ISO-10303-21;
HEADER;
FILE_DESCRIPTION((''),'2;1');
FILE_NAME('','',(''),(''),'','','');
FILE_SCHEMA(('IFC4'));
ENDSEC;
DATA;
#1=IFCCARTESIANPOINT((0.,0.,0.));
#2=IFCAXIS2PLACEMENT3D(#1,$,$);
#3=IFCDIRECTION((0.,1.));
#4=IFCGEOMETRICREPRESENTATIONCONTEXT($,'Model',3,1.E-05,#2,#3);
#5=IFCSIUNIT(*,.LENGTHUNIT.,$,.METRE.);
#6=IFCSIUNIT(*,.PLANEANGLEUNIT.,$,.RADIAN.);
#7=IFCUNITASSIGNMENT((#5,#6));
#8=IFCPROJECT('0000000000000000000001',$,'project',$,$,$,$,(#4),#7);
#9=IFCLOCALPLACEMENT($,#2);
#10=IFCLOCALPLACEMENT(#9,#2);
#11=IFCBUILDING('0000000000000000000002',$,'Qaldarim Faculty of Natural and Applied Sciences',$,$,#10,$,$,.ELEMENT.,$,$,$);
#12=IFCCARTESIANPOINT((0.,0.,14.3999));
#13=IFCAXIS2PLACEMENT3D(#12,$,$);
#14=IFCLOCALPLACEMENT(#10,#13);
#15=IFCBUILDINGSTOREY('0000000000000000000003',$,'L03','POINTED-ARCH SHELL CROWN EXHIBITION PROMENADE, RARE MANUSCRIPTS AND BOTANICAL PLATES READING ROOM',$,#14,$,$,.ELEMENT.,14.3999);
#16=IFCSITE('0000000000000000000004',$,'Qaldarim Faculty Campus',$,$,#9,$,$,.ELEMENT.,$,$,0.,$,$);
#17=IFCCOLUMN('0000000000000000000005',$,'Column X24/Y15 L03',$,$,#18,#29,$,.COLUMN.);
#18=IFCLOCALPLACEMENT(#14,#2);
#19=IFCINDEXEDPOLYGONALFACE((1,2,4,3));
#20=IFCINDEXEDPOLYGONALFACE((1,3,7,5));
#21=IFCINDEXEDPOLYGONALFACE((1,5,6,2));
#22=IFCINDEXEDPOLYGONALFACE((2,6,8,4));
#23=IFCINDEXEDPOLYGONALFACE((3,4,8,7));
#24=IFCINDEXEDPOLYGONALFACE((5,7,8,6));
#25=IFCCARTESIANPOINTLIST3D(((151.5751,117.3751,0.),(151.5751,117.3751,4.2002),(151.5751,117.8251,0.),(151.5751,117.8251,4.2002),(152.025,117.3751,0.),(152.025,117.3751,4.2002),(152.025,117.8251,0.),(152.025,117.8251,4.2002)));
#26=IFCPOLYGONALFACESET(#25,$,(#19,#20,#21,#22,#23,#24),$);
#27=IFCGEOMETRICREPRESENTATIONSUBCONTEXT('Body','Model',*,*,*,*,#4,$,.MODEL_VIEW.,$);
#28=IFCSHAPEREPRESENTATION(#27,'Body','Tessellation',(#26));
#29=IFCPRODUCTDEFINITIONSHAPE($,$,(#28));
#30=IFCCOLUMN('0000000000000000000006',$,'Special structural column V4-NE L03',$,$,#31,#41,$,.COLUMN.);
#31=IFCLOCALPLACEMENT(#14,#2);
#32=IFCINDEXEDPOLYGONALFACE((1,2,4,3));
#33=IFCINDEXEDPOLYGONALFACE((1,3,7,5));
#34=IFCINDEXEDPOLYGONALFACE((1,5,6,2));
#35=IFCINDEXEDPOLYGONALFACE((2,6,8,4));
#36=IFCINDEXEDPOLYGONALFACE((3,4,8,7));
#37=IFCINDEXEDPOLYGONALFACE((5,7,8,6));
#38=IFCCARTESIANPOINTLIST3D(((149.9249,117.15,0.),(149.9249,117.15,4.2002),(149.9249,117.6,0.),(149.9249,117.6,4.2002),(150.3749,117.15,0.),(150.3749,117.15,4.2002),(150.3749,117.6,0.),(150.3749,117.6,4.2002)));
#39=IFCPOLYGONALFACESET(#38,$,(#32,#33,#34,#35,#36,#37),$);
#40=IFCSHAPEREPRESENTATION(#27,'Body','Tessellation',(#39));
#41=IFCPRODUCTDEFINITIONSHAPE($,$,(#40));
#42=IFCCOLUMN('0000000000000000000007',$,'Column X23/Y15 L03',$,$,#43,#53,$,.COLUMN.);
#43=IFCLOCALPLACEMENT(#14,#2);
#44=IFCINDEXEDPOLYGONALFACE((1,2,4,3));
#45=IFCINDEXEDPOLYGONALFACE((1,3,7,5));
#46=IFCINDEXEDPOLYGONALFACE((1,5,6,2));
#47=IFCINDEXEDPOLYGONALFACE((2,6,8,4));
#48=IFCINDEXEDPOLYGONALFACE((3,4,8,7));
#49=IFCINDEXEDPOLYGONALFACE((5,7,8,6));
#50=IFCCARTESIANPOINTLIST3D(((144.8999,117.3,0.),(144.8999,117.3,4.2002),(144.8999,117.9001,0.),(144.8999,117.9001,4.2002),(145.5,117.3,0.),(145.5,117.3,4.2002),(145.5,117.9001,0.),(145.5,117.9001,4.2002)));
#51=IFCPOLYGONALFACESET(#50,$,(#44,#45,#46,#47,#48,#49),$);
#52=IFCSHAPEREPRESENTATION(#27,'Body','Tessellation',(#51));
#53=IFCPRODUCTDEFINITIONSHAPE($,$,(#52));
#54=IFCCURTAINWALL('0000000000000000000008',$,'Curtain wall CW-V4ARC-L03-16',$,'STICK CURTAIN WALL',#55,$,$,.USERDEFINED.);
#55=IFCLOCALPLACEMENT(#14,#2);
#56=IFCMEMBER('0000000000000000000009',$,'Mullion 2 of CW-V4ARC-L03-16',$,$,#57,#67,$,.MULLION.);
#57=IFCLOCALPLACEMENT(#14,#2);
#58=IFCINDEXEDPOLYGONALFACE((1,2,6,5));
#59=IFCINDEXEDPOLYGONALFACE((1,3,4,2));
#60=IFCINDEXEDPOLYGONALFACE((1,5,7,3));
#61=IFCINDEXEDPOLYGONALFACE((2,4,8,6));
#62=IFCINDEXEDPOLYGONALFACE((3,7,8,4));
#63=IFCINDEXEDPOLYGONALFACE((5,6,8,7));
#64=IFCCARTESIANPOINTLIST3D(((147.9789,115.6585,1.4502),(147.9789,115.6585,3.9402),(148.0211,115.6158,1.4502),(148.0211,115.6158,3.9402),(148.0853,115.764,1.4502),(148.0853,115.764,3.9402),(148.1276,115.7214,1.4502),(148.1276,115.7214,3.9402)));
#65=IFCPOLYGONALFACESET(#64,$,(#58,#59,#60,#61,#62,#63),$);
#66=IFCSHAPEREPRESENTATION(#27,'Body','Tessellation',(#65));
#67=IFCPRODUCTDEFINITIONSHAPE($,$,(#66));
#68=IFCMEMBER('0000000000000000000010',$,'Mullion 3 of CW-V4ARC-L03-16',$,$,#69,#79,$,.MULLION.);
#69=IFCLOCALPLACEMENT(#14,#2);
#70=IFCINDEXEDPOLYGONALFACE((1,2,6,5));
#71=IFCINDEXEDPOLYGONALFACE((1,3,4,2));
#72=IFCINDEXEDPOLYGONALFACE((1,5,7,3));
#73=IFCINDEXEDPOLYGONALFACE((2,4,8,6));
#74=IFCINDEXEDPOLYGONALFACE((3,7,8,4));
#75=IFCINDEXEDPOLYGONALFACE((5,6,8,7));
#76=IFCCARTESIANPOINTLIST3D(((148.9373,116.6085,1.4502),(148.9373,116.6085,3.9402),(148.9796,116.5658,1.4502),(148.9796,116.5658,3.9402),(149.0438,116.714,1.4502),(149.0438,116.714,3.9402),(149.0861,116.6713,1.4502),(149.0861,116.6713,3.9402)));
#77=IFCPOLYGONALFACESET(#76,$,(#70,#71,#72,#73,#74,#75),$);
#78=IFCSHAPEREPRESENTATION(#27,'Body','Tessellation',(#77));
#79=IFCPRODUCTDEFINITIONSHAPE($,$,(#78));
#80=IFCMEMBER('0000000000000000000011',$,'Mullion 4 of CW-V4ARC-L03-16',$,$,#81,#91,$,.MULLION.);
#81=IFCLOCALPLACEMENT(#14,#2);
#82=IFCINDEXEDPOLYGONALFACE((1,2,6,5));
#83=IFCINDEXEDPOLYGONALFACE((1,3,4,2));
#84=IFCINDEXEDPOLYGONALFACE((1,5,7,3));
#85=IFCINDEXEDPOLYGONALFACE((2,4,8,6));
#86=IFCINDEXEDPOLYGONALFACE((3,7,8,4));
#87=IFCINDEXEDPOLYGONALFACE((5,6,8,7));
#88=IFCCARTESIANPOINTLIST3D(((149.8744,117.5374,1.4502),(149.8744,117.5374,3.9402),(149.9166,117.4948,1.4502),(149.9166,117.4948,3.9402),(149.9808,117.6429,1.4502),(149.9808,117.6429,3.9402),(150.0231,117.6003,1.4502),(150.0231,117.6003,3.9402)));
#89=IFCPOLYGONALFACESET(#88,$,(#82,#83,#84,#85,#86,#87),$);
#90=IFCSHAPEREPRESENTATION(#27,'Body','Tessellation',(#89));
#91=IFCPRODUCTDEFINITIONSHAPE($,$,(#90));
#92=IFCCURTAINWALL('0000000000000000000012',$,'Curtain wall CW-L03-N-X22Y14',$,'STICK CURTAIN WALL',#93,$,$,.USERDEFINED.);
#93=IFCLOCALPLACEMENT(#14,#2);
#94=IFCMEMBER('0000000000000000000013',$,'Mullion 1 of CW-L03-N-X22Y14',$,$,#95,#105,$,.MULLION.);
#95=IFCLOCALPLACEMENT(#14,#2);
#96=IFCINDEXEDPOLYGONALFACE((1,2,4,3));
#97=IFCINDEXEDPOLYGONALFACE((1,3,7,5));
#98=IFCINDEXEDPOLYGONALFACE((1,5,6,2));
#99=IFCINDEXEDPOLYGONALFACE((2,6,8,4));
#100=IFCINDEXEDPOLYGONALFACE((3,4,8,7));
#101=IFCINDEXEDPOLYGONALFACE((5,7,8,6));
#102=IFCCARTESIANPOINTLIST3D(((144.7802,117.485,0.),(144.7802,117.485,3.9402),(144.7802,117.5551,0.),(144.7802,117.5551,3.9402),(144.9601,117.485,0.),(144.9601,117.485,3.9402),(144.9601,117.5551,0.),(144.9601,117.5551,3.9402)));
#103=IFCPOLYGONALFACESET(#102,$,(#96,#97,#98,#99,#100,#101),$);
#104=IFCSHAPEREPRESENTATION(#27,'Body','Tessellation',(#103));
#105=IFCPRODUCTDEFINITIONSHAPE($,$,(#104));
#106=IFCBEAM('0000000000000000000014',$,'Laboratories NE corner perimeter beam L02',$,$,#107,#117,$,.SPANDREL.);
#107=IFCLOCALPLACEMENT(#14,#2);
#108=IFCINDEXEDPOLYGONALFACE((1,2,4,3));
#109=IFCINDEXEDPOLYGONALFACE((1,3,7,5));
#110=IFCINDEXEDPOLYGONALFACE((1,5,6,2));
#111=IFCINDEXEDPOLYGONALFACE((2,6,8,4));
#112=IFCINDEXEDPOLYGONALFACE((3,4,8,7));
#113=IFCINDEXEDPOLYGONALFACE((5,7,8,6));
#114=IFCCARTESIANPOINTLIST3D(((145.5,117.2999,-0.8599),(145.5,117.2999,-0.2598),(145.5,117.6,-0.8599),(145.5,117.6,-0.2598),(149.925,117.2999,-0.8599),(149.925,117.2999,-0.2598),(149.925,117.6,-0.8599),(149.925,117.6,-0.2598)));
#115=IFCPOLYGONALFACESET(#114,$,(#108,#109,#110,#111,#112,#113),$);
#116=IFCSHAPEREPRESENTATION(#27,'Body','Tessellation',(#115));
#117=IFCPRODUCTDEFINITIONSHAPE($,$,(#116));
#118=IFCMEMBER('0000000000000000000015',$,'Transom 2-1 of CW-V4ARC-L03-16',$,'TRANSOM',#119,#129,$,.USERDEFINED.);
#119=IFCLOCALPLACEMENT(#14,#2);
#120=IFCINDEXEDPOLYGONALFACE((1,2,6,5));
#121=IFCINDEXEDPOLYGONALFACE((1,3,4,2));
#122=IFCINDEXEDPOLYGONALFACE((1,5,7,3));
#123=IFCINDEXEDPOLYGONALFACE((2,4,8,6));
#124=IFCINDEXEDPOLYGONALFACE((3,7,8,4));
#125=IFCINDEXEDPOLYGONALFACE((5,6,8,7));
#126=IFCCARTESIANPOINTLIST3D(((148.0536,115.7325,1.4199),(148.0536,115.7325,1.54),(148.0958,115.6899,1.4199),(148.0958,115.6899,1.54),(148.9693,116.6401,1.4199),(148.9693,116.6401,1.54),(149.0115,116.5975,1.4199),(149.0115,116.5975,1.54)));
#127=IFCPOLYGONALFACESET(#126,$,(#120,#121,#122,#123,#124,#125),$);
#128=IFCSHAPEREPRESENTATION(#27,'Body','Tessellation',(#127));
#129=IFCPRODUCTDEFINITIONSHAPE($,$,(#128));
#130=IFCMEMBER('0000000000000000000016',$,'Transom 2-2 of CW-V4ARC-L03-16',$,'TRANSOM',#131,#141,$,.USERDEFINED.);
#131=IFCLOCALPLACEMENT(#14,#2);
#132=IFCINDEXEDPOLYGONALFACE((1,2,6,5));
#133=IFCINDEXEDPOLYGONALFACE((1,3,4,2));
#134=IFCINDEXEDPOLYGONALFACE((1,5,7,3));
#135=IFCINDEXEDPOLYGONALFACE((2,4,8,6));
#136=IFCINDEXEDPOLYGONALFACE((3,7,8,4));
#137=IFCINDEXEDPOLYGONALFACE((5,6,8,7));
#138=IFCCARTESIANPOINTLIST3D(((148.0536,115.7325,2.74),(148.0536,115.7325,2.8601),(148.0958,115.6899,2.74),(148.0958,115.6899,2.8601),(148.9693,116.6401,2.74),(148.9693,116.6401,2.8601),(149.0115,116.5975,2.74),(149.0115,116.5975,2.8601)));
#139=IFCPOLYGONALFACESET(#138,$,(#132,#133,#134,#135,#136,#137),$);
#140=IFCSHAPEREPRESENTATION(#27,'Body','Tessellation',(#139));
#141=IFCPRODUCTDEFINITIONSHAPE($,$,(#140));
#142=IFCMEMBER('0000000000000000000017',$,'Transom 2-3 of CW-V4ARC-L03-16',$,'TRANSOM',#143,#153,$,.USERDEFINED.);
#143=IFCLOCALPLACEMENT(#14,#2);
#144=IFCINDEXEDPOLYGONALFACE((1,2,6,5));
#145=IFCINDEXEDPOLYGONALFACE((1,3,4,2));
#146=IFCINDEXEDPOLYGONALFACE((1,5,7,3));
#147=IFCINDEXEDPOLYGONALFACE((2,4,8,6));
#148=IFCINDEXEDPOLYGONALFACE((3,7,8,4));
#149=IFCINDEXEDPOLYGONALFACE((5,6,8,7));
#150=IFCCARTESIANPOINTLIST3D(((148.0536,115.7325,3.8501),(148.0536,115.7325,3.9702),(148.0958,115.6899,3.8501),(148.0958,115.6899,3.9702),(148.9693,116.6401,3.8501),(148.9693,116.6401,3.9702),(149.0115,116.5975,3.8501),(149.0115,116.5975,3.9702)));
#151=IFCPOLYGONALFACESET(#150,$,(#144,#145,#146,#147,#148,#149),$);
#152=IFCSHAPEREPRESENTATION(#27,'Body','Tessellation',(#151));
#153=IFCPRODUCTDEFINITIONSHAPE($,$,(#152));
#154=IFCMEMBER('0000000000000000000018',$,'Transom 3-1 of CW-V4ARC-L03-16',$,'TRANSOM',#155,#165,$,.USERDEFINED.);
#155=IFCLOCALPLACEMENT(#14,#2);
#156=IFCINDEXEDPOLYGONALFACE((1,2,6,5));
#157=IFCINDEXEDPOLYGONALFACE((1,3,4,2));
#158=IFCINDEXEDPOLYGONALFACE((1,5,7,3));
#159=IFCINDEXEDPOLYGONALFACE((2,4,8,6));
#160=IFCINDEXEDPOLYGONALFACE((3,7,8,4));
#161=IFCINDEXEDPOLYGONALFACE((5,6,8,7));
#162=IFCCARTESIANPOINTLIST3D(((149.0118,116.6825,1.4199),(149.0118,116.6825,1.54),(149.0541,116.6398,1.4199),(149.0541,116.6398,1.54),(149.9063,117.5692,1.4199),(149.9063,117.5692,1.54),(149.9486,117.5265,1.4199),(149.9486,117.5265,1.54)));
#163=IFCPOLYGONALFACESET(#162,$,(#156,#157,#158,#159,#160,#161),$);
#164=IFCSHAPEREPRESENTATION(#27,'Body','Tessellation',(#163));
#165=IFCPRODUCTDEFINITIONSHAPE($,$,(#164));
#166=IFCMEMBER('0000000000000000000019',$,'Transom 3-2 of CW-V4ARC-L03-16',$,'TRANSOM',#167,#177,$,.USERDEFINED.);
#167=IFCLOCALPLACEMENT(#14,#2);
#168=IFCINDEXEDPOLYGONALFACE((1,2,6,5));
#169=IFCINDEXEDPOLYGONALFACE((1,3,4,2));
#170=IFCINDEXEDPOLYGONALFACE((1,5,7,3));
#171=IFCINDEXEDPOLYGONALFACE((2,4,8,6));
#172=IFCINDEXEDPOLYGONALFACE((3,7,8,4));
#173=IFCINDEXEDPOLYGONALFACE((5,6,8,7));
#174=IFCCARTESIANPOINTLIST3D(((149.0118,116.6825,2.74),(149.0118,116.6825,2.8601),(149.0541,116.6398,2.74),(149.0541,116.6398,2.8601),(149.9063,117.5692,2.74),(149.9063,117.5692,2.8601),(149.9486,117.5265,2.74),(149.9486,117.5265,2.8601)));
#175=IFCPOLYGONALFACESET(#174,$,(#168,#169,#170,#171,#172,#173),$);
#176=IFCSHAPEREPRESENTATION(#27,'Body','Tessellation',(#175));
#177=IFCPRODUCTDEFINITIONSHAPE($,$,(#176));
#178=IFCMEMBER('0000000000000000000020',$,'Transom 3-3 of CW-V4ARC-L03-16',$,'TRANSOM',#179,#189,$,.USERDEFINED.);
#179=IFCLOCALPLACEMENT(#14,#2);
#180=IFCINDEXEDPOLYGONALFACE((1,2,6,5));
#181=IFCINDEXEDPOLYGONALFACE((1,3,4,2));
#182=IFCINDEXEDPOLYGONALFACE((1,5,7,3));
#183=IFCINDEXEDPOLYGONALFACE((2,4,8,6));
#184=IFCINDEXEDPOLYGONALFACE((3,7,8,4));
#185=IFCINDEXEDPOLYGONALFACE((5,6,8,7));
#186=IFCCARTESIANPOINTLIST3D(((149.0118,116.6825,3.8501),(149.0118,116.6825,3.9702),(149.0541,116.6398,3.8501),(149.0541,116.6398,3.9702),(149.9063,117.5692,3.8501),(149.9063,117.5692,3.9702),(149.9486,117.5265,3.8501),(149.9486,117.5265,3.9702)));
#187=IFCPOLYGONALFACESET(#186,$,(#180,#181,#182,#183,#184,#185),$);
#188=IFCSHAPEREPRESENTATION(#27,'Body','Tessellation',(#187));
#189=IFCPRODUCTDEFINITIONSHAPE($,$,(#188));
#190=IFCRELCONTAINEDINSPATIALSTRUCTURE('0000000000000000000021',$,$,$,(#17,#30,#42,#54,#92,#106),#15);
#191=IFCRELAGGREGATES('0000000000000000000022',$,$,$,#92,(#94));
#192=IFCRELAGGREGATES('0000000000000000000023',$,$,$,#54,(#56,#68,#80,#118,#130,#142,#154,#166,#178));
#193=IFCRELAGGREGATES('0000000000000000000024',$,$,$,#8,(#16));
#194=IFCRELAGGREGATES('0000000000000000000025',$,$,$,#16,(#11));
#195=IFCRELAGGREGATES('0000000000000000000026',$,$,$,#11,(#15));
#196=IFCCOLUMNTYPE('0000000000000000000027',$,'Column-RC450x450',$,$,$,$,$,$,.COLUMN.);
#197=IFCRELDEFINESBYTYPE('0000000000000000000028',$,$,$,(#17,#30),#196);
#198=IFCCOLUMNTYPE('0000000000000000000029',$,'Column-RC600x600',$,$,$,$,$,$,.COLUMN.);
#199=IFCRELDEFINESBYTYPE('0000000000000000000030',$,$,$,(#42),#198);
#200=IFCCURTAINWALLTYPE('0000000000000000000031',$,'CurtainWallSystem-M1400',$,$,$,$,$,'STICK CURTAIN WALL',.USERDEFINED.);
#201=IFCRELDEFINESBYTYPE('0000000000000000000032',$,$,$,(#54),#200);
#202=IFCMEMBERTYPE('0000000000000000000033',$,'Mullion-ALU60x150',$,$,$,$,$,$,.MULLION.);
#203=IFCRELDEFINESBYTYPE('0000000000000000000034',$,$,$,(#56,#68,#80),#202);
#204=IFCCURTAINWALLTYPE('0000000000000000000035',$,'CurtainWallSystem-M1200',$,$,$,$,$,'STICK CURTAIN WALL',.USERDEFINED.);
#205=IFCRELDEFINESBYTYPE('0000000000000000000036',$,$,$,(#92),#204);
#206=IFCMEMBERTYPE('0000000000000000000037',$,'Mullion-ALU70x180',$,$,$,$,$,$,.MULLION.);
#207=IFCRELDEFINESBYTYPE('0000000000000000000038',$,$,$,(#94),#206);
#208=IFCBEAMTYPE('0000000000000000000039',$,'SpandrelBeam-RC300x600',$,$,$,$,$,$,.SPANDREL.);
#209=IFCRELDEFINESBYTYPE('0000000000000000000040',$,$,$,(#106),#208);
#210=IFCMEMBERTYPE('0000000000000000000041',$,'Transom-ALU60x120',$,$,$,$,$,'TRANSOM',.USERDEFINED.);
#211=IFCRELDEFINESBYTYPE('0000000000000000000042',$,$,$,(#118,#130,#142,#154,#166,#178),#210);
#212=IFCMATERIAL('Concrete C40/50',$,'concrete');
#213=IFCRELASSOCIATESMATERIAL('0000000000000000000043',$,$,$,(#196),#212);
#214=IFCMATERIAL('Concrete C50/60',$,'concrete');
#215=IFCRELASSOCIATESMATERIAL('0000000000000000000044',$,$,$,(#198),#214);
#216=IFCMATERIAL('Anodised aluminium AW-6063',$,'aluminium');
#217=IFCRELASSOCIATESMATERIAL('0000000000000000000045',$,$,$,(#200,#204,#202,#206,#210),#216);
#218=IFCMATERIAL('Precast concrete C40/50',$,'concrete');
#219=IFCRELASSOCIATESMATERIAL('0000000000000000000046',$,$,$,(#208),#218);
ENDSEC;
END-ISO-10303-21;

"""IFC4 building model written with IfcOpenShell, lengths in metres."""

from ifc_helpers import new_model, si_unit, direction, frame, origin, origin_2d, place, context, subcontext, project, spatial, rectangle, extrude, material, material_profile, profile_set, type_object, element, aggregate, save


model = new_model("IFC4")

# Units and contexts
model_context = context("Model", 3, precision=1e-05, world=origin(), true_north=direction((0.0, 1.0)))
body_context = subcontext(model_context, "Body", "Model", "MODEL_VIEW")
ifc_project = project(units=[si_unit("LENGTHUNIT", "METRE"), si_unit("PLANEANGLEUNIT", "RADIAN")], contexts=[model_context])

# Site, building, storey
site_placement = place(None, origin())
site = spatial("IfcSite", under=ifc_project, at=site_placement, Name="Qaldarim Faculty Campus", CompositionType="ELEMENT", RefElevation=0.0)
building_placement = place(site_placement, origin())
building = spatial("IfcBuilding", under=site, at=building_placement, Name="Qaldarim Faculty of Natural and Applied Sciences", CompositionType="ELEMENT")
storey_placement = place(building_placement, frame((0.0, 0.0, 14.3999)))
storey = spatial("IfcBuildingStorey", under=building, at=storey_placement, Name="L03", Description="POINTED-ARCH SHELL CROWN EXHIBITION PROMENADE, RARE MANUSCRIPTS AND BOTANICAL PLATES READING ROOM", CompositionType="ELEMENT", Elevation=14.3999)

# Columns
ifc_material_1 = material(Name="Concrete C40/50", Category="concrete")
ifc_material_profile_1 = material_profile(ifc_material_1, rectangle(XDim=0.45, YDim=0.45, at=origin_2d()), Name="RC-C450x450")
ifc_profile_set_1 = profile_set([ifc_material_profile_1], Name="Concrete C40/50")
column_type_1 = type_object("IfcColumnType", Name="Column-RC450x450", PredefinedType="COLUMN", material=ifc_profile_set_1)
for number, where, z_axis, x_axis, name in (
    (1, (151.8, 117.6001, 0.0), (0.0, 0.0, 1.0), (1.0, 0.0, 0.0), "Column X24/Y15 L03"),
    (2, (150.1499, 117.375, 0.0), (0.0, 0.0, 1.0), (1.0, 0.0, 0.0), "Special structural column V4-NE L03"),
):
    element("IfcColumn", number, at=place(storey_placement, frame(where, z_axis=z_axis, x_axis=x_axis)), inside=storey, type_object=column_type_1, Name=name, PredefinedType="COLUMN", context=body_context, shape_type="SweptSolid", body=[
        extrude(rectangle(XDim=0.45, YDim=0.45, at=origin_2d()), origin(), (0.0, 0.0, 1.0), 4.2002),
    ])
ifc_material_2 = material(Name="Concrete C50/60", Category="concrete")
ifc_material_profile_2 = material_profile(ifc_material_2, rectangle(XDim=0.6001, YDim=0.6001, at=origin_2d()), Name="RC-C600x600")
ifc_profile_set_2 = profile_set([ifc_material_profile_2], Name="Concrete C50/60")
column_type_2 = type_object("IfcColumnType", Name="Column-RC600x600", PredefinedType="COLUMN", material=ifc_profile_set_2)
column_placement = place(storey_placement, frame((145.2, 117.6001, 0.0), z_axis=(0.0, 0.0, 1.0), x_axis=(1.0, 0.0, 0.0)))
element("IfcColumn", 3, at=column_placement, inside=storey, type_object=column_type_2, Name="Column X23/Y15 L03", PredefinedType="COLUMN", context=body_context, shape_type="SweptSolid", body=[
    extrude(rectangle(XDim=0.6001, YDim=0.6001, at=origin_2d()), origin(), (0.0, 0.0, 1.0), 4.2002),
])

# Curtain wall, members
ifc_material_3 = material(Name="Anodised aluminium AW-6063", Category="aluminium")
curtain_wall_type_1 = type_object("IfcCurtainWallType", Name="CurtainWallSystem-M1400", ElementType="STICK CURTAIN WALL", PredefinedType="USERDEFINED", material=ifc_material_3)
curtain_wall_1_placement = place(storey_placement, origin())
curtain_wall_1 = element("IfcCurtainWall", 4, at=curtain_wall_1_placement, inside=storey, type_object=curtain_wall_type_1, Name="Curtain wall CW-V4ARC-L03-16", ObjectType="STICK CURTAIN WALL", PredefinedType="USERDEFINED")
ifc_material_profile_3 = material_profile(ifc_material_3, rectangle(XDim=0.0601, YDim=0.1499, at=origin_2d()), Name="ALU-M60x150")
ifc_profile_set_3 = profile_set([ifc_material_profile_3], Name="Anodised aluminium AW-6063")
member_type_1 = type_object("IfcMemberType", Name="Mullion-ALU60x150", PredefinedType="MULLION", material=ifc_profile_set_3)
member_1_placement = place(storey_placement, frame((148.0532, 115.6899, 1.4502), z_axis=(0.0, 0.0, 1.0), x_axis=(-0.704015, 0.710185, 0.0)))
member_1 = element("IfcMember", 5, at=member_1_placement, type_object=member_type_1, Name="Mullion 2 of CW-V4ARC-L03-16", PredefinedType="MULLION", context=body_context, shape_type="SweptSolid", body=[
    extrude(rectangle(XDim=0.0601, YDim=0.1499, at=origin_2d()), origin(), (0.0, 0.0, 1.0), 2.49),
])
member_2_placement = place(storey_placement, frame((149.0117, 116.6399, 1.4502), z_axis=(0.0, 0.0, 1.0), x_axis=(-0.704015, 0.710185, 0.0)))
member_2 = element("IfcMember", 6, at=member_2_placement, type_object=member_type_1, Name="Mullion 3 of CW-V4ARC-L03-16", PredefinedType="MULLION", context=body_context, shape_type="SweptSolid", body=[
    extrude(rectangle(XDim=0.0601, YDim=0.1499, at=origin_2d()), origin(), (0.0, 0.0, 1.0), 2.49),
])
member_3_placement = place(storey_placement, frame((149.9487, 117.5688, 1.4502), z_axis=(0.0, 0.0, 1.0), x_axis=(-0.704015, 0.710185, 0.0)))
member_3 = element("IfcMember", 7, at=member_3_placement, type_object=member_type_1, Name="Mullion 4 of CW-V4ARC-L03-16", PredefinedType="MULLION", context=body_context, shape_type="SweptSolid", body=[
    extrude(rectangle(XDim=0.0601, YDim=0.1499, at=origin_2d()), origin(), (0.0, 0.0, 1.0), 2.49),
])

# Curtain wall, member
curtain_wall_type_2 = type_object("IfcCurtainWallType", Name="CurtainWallSystem-M1200", ElementType="STICK CURTAIN WALL", PredefinedType="USERDEFINED", material=ifc_material_3)
curtain_wall_2_placement = place(storey_placement, origin())
curtain_wall_2 = element("IfcCurtainWall", 8, at=curtain_wall_2_placement, inside=storey, type_object=curtain_wall_type_2, Name="Curtain wall CW-L03-N-X22Y14", ObjectType="STICK CURTAIN WALL", PredefinedType="USERDEFINED")
ifc_material_profile_4 = material_profile(ifc_material_3, rectangle(XDim=0.0701, YDim=0.1799, at=origin_2d()), Name="ALU-M70x180")
ifc_profile_set_4 = profile_set([ifc_material_profile_4], Name="Anodised aluminium AW-6063")
member_type_2 = type_object("IfcMemberType", Name="Mullion-ALU70x180", PredefinedType="MULLION", material=ifc_profile_set_4)
member_4_placement = place(storey_placement, frame((144.8701, 117.52, 0.0), z_axis=(0.0, 0.0, 1.0), x_axis=(0.0, -1.0, 0.0)))
member_4 = element("IfcMember", 9, at=member_4_placement, type_object=member_type_2, Name="Mullion 1 of CW-L03-N-X22Y14", PredefinedType="MULLION", context=body_context, shape_type="SweptSolid", body=[
    extrude(rectangle(XDim=0.0701, YDim=0.1799, at=origin_2d()), origin(), (0.0, 0.0, 1.0), 3.9402),
])

# Beam
ifc_material_4 = material(Name="Precast concrete C40/50", Category="concrete")
ifc_material_profile_5 = material_profile(ifc_material_4, rectangle(XDim=0.3, YDim=0.6001, at=origin_2d()), Name="RC-SP300x600")
ifc_profile_set_5 = profile_set([ifc_material_profile_5], Name="Precast concrete C40/50")
beam_type = type_object("IfcBeamType", Name="SpandrelBeam-RC300x600", PredefinedType="SPANDREL", material=ifc_profile_set_5)
beam_placement = place(storey_placement, frame((145.5, 117.45, -0.5598), z_axis=(1.0, 0.0, 0.0), x_axis=(0.0, 1.0, 0.0)))
element("IfcBeam", 10, at=beam_placement, inside=storey, type_object=beam_type, Name="Laboratories NE corner perimeter beam L02", PredefinedType="SPANDREL", context=body_context, shape_type="SweptSolid", body=[
    extrude(rectangle(XDim=0.3, YDim=0.6001, at=origin_2d()), origin(), (0.0, 0.0, 1.0), 4.425),
])

# Members
ifc_material_profile_6 = material_profile(ifc_material_3, rectangle(XDim=0.0601, YDim=0.1201, at=origin_2d()), Name="ALU-T60x120")
ifc_profile_set_6 = profile_set([ifc_material_profile_6], Name="Anodised aluminium AW-6063")
member_type_3 = type_object("IfcMemberType", Name="Transom-ALU60x120", ElementType="TRANSOM", PredefinedType="USERDEFINED", material=ifc_profile_set_6)
member_5_placement = place(storey_placement, frame((148.0747, 115.7112, 1.48), z_axis=(0.710224, 0.703976, 0.0), x_axis=(-0.703976, 0.710224, 0.0)))
member_5 = element("IfcMember", 11, at=member_5_placement, type_object=member_type_3, Name="Transom 2-1 of CW-V4ARC-L03-16", ObjectType="TRANSOM", PredefinedType="USERDEFINED", context=body_context, shape_type="SweptSolid", body=[
    extrude(rectangle(XDim=0.0601, YDim=0.1201, at=origin_2d()), origin(), (0.0, 0.0, 1.0), 1.2893),
])
member_6_placement = place(storey_placement, frame((148.0747, 115.7112, 2.8), z_axis=(0.710224, 0.703976, 0.0), x_axis=(-0.703976, 0.710224, 0.0)))
member_6 = element("IfcMember", 12, at=member_6_placement, type_object=member_type_3, Name="Transom 2-2 of CW-V4ARC-L03-16", ObjectType="TRANSOM", PredefinedType="USERDEFINED", context=body_context, shape_type="SweptSolid", body=[
    extrude(rectangle(XDim=0.0601, YDim=0.1201, at=origin_2d()), origin(), (0.0, 0.0, 1.0), 1.2893),
])
member_7_placement = place(storey_placement, frame((148.0747, 115.7112, 3.9102), z_axis=(0.710224, 0.703976, 0.0), x_axis=(-0.703976, 0.710224, 0.0)))
member_7 = element("IfcMember", 13, at=member_7_placement, type_object=member_type_3, Name="Transom 2-3 of CW-V4ARC-L03-16", ObjectType="TRANSOM", PredefinedType="USERDEFINED", context=body_context, shape_type="SweptSolid", body=[
    extrude(rectangle(XDim=0.0601, YDim=0.1201, at=origin_2d()), origin(), (0.0, 0.0, 1.0), 1.2893),
])
member_8_placement = place(storey_placement, frame((149.033, 116.6611, 1.48), z_axis=(0.710201, 0.703999, 0.0), x_axis=(-0.703999, 0.710201, 0.0)))
member_8 = element("IfcMember", 14, at=member_8_placement, type_object=member_type_3, Name="Transom 3-1 of CW-V4ARC-L03-16", ObjectType="TRANSOM", PredefinedType="USERDEFINED", context=body_context, shape_type="SweptSolid", body=[
    extrude(rectangle(XDim=0.0601, YDim=0.1201, at=origin_2d()), origin(), (0.0, 0.0, 1.0), 1.2595),
])
member_9_placement = place(storey_placement, frame((149.033, 116.6611, 2.8), z_axis=(0.710201, 0.703999, 0.0), x_axis=(-0.703999, 0.710201, 0.0)))
member_9 = element("IfcMember", 15, at=member_9_placement, type_object=member_type_3, Name="Transom 3-2 of CW-V4ARC-L03-16", ObjectType="TRANSOM", PredefinedType="USERDEFINED", context=body_context, shape_type="SweptSolid", body=[
    extrude(rectangle(XDim=0.0601, YDim=0.1201, at=origin_2d()), origin(), (0.0, 0.0, 1.0), 1.2595),
])
member_10_placement = place(storey_placement, frame((149.033, 116.6611, 3.9102), z_axis=(0.710201, 0.703999, 0.0), x_axis=(-0.703999, 0.710201, 0.0)))
member_10 = element("IfcMember", 16, at=member_10_placement, type_object=member_type_3, Name="Transom 3-3 of CW-V4ARC-L03-16", ObjectType="TRANSOM", PredefinedType="USERDEFINED", context=body_context, shape_type="SweptSolid", body=[
    extrude(rectangle(XDim=0.0601, YDim=0.1201, at=origin_2d()), origin(), (0.0, 0.0, 1.0), 1.2595),
])
aggregate(curtain_wall_2, [member_4])

aggregate(curtain_wall_1, [member_1, member_2, member_3, member_5, member_6, member_7, member_8, member_9, member_10])

save(model, "model.ifc")
